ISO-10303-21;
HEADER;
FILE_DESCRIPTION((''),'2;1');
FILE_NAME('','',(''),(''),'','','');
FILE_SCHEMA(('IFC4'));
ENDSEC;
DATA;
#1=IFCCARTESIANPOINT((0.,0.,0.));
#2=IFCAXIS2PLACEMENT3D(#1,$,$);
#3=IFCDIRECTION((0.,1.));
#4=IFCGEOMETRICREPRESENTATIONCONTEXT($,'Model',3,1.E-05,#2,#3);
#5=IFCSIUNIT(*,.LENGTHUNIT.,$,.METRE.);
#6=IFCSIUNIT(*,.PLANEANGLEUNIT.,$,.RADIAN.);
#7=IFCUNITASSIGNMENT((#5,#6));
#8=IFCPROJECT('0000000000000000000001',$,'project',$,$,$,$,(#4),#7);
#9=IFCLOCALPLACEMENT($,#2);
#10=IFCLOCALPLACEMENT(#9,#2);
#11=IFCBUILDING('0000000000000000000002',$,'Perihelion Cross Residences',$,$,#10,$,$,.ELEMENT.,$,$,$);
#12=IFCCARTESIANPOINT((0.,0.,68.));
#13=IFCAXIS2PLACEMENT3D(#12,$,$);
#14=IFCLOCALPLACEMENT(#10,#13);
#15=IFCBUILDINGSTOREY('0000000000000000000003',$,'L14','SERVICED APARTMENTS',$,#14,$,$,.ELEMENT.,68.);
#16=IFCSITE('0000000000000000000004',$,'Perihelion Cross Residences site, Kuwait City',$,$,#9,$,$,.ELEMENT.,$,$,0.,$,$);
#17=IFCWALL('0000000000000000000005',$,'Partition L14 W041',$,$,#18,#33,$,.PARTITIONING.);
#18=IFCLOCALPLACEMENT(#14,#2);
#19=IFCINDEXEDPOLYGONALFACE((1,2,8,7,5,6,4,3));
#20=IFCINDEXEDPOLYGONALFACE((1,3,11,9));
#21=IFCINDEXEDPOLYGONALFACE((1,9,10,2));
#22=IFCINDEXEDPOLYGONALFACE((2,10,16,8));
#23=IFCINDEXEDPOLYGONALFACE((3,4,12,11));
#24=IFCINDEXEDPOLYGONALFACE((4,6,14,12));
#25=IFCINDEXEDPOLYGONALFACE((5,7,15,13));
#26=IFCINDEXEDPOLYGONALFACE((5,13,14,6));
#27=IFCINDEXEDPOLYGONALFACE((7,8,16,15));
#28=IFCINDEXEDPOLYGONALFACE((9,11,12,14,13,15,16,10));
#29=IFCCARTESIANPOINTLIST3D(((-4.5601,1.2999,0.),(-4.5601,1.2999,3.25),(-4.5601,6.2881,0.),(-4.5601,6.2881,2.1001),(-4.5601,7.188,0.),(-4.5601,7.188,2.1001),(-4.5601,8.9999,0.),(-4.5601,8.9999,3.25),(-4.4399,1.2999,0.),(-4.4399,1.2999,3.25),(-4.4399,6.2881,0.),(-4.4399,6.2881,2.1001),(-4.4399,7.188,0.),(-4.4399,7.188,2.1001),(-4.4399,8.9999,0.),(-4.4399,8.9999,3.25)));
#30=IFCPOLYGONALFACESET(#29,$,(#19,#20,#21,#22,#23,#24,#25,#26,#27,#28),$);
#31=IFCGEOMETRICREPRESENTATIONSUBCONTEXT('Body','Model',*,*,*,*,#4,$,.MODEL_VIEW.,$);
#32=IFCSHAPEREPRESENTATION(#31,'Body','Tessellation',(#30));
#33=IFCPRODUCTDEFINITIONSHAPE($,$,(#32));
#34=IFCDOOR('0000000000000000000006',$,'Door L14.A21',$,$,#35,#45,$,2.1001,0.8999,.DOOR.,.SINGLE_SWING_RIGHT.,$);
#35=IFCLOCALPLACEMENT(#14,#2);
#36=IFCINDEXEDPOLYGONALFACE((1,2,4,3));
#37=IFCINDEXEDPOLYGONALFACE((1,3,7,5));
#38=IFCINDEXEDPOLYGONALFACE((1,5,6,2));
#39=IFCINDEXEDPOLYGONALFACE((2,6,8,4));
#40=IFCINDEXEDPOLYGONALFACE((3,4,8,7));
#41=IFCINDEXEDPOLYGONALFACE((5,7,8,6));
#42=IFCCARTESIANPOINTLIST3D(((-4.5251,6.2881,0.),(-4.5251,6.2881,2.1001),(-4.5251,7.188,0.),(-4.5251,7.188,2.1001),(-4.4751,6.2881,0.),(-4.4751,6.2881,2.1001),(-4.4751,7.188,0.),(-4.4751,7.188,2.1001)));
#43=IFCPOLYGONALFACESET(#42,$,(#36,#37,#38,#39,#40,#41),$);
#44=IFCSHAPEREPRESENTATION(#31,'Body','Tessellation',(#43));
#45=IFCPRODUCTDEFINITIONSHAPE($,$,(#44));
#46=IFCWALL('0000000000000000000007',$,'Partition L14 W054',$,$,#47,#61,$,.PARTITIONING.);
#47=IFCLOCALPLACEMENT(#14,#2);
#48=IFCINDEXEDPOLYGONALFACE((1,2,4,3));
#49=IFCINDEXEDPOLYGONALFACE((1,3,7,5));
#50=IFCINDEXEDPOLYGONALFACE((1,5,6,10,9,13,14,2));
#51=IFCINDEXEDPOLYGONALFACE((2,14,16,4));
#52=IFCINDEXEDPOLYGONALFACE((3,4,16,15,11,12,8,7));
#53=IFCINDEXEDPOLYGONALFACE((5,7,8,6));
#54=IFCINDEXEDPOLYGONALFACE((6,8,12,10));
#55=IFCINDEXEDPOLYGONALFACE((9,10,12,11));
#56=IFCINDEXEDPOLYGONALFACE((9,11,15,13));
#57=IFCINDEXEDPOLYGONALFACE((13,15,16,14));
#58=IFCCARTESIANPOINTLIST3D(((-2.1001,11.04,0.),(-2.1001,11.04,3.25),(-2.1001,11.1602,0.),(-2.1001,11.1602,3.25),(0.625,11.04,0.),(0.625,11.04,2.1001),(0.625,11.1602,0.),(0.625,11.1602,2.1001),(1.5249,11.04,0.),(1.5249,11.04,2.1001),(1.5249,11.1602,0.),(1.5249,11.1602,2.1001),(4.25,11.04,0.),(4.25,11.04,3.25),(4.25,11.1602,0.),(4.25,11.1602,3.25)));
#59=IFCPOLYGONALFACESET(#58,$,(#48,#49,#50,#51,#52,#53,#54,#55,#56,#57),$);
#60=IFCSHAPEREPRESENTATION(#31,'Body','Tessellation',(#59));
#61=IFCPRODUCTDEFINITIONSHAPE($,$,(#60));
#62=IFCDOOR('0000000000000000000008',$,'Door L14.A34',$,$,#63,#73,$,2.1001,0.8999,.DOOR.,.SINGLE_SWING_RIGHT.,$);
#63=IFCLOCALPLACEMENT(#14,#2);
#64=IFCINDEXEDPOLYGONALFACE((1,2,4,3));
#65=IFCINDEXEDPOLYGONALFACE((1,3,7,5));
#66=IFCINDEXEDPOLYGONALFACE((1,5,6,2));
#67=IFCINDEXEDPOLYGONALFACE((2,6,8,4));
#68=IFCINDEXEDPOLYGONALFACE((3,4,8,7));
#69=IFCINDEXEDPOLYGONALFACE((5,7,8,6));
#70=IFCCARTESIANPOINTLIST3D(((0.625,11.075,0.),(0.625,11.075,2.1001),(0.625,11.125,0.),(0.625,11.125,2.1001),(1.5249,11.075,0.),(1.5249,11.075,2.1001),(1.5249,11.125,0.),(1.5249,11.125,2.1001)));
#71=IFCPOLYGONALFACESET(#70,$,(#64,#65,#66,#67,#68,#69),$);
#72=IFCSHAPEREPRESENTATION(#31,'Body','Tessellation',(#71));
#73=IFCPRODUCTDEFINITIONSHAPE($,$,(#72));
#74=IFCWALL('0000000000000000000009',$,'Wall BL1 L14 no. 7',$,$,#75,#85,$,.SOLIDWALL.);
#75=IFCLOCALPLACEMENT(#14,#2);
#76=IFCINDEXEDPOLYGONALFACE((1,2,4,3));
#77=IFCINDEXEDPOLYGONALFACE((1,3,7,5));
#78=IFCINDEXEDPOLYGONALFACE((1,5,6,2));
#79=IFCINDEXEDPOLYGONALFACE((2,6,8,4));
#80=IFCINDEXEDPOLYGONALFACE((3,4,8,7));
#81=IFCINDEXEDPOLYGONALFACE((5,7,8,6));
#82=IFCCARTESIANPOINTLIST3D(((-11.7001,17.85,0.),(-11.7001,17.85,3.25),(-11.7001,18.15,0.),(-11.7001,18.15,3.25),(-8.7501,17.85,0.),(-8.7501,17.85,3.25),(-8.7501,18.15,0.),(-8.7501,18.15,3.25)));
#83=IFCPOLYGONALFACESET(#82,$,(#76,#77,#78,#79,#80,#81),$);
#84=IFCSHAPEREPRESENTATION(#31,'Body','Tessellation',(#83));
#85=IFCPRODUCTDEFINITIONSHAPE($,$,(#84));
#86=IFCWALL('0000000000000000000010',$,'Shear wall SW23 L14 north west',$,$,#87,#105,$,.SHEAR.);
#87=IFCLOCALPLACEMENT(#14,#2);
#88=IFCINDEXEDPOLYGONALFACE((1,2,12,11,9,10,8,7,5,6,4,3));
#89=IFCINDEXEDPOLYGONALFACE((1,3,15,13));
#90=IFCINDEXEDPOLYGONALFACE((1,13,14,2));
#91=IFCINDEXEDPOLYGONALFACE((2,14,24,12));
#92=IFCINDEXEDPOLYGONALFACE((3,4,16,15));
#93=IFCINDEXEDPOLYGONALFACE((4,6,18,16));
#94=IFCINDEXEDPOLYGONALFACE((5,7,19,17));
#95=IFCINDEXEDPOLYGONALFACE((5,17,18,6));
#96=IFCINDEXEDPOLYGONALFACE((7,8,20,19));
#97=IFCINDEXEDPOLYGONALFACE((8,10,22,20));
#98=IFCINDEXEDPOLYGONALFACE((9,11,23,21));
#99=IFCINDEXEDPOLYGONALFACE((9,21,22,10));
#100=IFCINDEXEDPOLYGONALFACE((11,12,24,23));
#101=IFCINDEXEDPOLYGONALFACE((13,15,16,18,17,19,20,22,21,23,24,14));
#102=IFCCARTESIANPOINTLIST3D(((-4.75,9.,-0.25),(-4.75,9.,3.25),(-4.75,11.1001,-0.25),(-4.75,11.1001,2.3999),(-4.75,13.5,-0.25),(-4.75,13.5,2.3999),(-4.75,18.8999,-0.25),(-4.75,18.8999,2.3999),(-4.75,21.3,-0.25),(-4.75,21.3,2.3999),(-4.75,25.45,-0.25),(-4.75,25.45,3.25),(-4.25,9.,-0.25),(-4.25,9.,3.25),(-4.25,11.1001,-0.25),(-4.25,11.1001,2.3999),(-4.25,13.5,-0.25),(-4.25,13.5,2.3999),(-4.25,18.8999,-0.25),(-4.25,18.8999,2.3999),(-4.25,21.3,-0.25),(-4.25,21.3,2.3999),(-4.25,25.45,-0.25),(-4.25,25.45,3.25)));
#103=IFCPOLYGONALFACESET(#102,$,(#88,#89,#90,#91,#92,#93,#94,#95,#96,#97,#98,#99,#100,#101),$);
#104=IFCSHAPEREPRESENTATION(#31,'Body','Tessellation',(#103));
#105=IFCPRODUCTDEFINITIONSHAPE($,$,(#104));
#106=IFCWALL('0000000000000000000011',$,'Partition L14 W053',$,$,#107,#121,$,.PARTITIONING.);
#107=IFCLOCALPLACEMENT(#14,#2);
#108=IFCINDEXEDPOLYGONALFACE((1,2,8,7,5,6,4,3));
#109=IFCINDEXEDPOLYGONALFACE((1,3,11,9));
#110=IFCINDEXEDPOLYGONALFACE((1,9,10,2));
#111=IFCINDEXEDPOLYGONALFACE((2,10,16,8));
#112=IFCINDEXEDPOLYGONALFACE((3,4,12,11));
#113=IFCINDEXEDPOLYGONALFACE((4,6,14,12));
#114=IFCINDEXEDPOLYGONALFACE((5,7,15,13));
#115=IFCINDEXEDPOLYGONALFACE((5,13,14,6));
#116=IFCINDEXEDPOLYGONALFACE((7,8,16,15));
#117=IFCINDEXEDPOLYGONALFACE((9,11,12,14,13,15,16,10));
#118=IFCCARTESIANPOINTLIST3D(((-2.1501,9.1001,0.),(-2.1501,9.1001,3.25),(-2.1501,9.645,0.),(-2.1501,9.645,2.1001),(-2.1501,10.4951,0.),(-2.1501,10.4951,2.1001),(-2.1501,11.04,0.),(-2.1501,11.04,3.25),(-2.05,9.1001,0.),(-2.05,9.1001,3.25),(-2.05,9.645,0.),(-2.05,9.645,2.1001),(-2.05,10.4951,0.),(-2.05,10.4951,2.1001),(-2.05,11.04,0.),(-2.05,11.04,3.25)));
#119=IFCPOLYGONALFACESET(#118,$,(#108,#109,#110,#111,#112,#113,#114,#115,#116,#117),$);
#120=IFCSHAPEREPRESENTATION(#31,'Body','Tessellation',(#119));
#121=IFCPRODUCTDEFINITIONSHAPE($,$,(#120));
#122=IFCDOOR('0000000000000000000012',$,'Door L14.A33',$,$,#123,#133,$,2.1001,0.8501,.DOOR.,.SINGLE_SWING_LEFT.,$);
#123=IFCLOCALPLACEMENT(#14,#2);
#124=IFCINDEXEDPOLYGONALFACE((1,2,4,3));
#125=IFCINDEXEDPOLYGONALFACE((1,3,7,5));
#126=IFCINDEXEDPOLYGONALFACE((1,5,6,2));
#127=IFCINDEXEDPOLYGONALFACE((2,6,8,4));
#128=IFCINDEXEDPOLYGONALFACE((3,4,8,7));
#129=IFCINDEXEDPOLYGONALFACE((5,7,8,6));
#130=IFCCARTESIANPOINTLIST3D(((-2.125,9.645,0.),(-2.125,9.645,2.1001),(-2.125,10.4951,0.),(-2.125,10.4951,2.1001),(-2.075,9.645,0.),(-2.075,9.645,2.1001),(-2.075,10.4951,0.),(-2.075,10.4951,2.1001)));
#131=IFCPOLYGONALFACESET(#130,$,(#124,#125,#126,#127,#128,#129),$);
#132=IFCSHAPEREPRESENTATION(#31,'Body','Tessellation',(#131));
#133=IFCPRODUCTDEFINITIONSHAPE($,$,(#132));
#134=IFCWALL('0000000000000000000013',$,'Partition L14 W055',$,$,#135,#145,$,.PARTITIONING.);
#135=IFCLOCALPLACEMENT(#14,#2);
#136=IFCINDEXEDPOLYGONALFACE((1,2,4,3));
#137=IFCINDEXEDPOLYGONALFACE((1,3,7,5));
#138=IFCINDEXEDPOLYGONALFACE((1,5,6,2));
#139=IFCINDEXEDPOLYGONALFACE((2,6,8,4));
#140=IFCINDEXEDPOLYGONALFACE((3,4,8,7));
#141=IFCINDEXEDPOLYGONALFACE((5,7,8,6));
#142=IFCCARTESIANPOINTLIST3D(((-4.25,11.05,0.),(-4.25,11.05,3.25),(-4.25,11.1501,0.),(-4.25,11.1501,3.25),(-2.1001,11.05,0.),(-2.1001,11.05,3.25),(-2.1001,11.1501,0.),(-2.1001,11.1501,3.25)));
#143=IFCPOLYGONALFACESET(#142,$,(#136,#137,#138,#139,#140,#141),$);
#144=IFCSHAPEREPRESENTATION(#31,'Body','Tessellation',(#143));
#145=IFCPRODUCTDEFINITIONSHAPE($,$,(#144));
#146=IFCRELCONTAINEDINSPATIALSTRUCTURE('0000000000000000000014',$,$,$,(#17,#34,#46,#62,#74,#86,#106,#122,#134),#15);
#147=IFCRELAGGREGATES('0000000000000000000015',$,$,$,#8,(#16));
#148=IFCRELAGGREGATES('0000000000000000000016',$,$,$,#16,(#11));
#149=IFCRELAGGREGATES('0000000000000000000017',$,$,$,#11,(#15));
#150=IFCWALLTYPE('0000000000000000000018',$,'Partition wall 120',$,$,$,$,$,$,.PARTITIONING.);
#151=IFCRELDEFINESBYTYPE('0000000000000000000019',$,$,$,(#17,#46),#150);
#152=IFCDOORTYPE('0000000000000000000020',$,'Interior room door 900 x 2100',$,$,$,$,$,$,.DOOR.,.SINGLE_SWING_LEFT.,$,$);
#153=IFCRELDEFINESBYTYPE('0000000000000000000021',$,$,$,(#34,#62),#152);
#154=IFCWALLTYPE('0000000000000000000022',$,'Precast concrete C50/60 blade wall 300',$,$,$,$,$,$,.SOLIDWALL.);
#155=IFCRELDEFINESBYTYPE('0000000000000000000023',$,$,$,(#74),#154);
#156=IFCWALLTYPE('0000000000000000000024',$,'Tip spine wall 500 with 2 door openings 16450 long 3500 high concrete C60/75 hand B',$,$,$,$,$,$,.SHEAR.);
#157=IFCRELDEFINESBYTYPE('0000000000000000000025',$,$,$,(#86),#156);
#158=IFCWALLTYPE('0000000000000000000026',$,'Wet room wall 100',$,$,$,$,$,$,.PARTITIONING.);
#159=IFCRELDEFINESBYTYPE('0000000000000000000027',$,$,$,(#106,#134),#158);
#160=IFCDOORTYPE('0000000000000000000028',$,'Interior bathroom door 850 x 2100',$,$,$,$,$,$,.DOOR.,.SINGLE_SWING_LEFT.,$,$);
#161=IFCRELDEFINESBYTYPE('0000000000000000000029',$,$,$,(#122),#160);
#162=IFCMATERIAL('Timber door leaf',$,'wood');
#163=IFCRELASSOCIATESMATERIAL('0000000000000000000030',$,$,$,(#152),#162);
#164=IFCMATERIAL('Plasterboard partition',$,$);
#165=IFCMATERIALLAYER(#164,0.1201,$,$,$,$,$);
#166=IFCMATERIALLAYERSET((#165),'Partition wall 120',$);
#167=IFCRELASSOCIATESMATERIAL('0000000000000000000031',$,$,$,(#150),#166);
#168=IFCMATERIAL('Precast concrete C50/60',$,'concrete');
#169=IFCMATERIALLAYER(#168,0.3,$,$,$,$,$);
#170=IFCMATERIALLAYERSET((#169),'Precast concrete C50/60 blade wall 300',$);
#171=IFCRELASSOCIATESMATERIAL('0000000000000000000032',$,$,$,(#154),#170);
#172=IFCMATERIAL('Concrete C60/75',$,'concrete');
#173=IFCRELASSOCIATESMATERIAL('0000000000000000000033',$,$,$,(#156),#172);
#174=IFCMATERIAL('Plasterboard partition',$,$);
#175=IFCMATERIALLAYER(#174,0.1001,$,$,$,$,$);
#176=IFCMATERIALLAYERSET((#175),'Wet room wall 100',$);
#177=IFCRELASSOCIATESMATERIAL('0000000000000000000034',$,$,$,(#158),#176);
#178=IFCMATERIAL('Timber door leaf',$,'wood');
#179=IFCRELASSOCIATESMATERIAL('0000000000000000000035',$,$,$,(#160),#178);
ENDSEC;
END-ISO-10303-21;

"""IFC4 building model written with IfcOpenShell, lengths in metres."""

from ifc_helpers import new_model, si_unit, direction, frame, frame_2d, origin, place, context, subcontext, project, spatial, polyline, rectangle, outline, extrude, material, layer, layer_set, material_profile, profile_set, type_object, element, fill, save


model = new_model("IFC4")

# Units and contexts
model_context = context("Model", 3, precision=1e-05, world=origin(), true_north=direction((0.0, 1.0)))
body_context = subcontext(model_context, "Body", "Model", "MODEL_VIEW")
ifc_project = project(units=[si_unit("LENGTHUNIT", "METRE"), si_unit("PLANEANGLEUNIT", "RADIAN")], contexts=[model_context])

# Site, building, storey
site_placement = place(None, origin())
site = spatial("IfcSite", under=ifc_project, at=site_placement, Name="Perihelion Cross Residences site, Kuwait City", CompositionType="ELEMENT", RefElevation=0.0)
building_placement = place(site_placement, origin())
building = spatial("IfcBuilding", under=site, at=building_placement, Name="Perihelion Cross Residences", CompositionType="ELEMENT")
storey_placement = place(building_placement, frame((0.0, 0.0, 68.0)))
storey = spatial("IfcBuildingStorey", under=building, at=storey_placement, Name="L14", Description="SERVICED APARTMENTS", CompositionType="ELEMENT", Elevation=68.0)

# Walls, openings, doors
ifc_material_1 = material(Name="Timber door leaf", Category="wood")
door_type_1 = type_object("IfcDoorType", Name="Interior room door 900 x 2100", OperationType="SINGLE_SWING_LEFT", PredefinedType="DOOR", material=ifc_material_1)
ifc_material_2 = material(Name="Plasterboard partition")
ifc_layer_1 = layer(ifc_material_2, 0.1201)
ifc_layer_set_1 = layer_set([ifc_layer_1], Name="Partition wall 120")
wall_type_1 = type_object("IfcWallType", Name="Partition wall 120", PredefinedType="PARTITIONING", material=ifc_layer_set_1)
wall_1_placement = place(storey_placement, frame((-4.5, 9.0, 0.0), z_axis=(0.0, 0.0, 1.0), x_axis=(0.0, -1.0, 0.0)))
wall_1 = element("IfcWall", 1, at=wall_1_placement, inside=storey, type_object=wall_type_1, Name="Partition L14 W041", PredefinedType="PARTITIONING", context=body_context, shape_type="SweptSolid", body=[
    extrude(rectangle(XDim=7.7, YDim=0.1201, at=frame_2d((3.8501, 0.0))), origin(), (0.0, 0.0, 1.0), 3.25),
])
opening_1_placement = place(wall_1_placement, frame((1.812, 0.0, 0.0)))
opening_1 = element("IfcOpeningElement", 2, at=opening_1_placement, cuts=wall_1, PredefinedType="OPENING", context=body_context, shape_type="SweptSolid", body=[
    extrude(rectangle(XDim=0.8999, YDim=2.1001, at=frame_2d((0.45, 1.05))), frame((0.0, 0.0701, 0.0), z_axis=(0.0, -1.0, 0.0), x_axis=(1.0, 0.0, 0.0)), (0.0, 0.0, 1.0), 0.1401),
])
door_1_placement = place(opening_1_placement, origin())
door_1 = element("IfcDoor", 3, at=door_1_placement, inside=storey, type_object=door_type_1, Name="Door L14.A21", OperationType="SINGLE_SWING_RIGHT", OverallHeight=2.1001, OverallWidth=0.8999, PredefinedType="DOOR", context=body_context, shape_type="SweptSolid", body=[
    extrude(rectangle(XDim=0.8999, YDim=2.1001, at=frame_2d((0.45, 1.05))), frame((0.0, 0.0249, 0.0), z_axis=(0.0, -1.0, 0.0), x_axis=(1.0, 0.0, 0.0)), (0.0, 0.0, 1.0), 0.05),
])
fill(opening_1, door_1)
wall_2_placement = place(storey_placement, frame((-2.1001, 11.1001, 0.0), z_axis=(0.0, 0.0, 1.0), x_axis=(1.0, 0.0, 0.0)))
wall_2 = element("IfcWall", 4, at=wall_2_placement, inside=storey, type_object=wall_type_1, Name="Partition L14 W054", PredefinedType="PARTITIONING", context=body_context, shape_type="SweptSolid", body=[
    extrude(rectangle(XDim=6.3501, YDim=0.1201, at=frame_2d((3.175, 0.0))), origin(), (0.0, 0.0, 1.0), 3.25),
])
opening_2_placement = place(wall_2_placement, frame((2.7251, 0.0, 0.0)))
opening_2 = element("IfcOpeningElement", 5, at=opening_2_placement, cuts=wall_2, PredefinedType="OPENING", context=body_context, shape_type="SweptSolid", body=[
    extrude(rectangle(XDim=0.8999, YDim=2.1001, at=frame_2d((0.45, 1.05))), frame((0.0, 0.0701, 0.0), z_axis=(0.0, -1.0, 0.0), x_axis=(1.0, 0.0, 0.0)), (0.0, 0.0, 1.0), 0.1401),
])
door_2_placement = place(opening_2_placement, origin())
door_2 = element("IfcDoor", 6, at=door_2_placement, inside=storey, type_object=door_type_1, Name="Door L14.A34", OperationType="SINGLE_SWING_RIGHT", OverallHeight=2.1001, OverallWidth=0.8999, PredefinedType="DOOR", context=body_context, shape_type="SweptSolid", body=[
    extrude(rectangle(XDim=0.8999, YDim=2.1001, at=frame_2d((0.45, 1.05))), frame((0.0, 0.0249, 0.0), z_axis=(0.0, -1.0, 0.0), x_axis=(1.0, 0.0, 0.0)), (0.0, 0.0, 1.0), 0.05),
])
fill(opening_2, door_2)

# Walls
ifc_material_3 = material(Name="Precast concrete C50/60", Category="concrete")
ifc_layer_2 = layer(ifc_material_3, 0.3)
ifc_layer_set_2 = layer_set([ifc_layer_2], Name="Precast concrete C50/60 blade wall 300")
wall_type_2 = type_object("IfcWallType", Name="Precast concrete C50/60 blade wall 300", PredefinedType="SOLIDWALL", material=ifc_layer_set_2)
wall_3_placement = place(storey_placement, frame((-8.75, 18.0, 0.0), z_axis=(0.0, 0.0, 1.0), x_axis=(-1.0, 0.0, 0.0)))
element("IfcWall", 7, at=wall_3_placement, inside=storey, type_object=wall_type_2, Name="Wall BL1 L14 no. 7", PredefinedType="SOLIDWALL", context=body_context, shape_type="SweptSolid", body=[
    extrude(rectangle(XDim=2.95, YDim=0.3, at=frame_2d((1.4751, 0.0))), origin(), (0.0, 0.0, 1.0), 3.25),
])
ifc_material_4 = material(Name="Concrete C60/75", Category="concrete")
ifc_material_profile_1 = material_profile(ifc_material_4, outline(polyline([(0.0, 0.0), (2.1001, 0.0), (2.1001, 2.6499), (4.5, 2.6499), (4.5, 0.0), (9.8999, 0.0), (9.8999, 2.6499), (12.3, 2.6499), (12.3, 0.0), (16.45, 0.0), (16.45, 3.5), (0.0, 3.5), (0.0, 0.0)])), Name="Tip spine wall")
ifc_profile_set_1 = profile_set([ifc_material_profile_1], Name="Concrete C60/75")
wall_type_3 = type_object("IfcWallType", Name="Tip spine wall 500 with 2 door openings 16450 long 3500 high concrete C60/75 hand B", PredefinedType="SHEAR", material=ifc_profile_set_1)
wall_4_placement = place(storey_placement, frame((-4.75, 9.0, -0.25), z_axis=(1.0, 0.0, 0.0), x_axis=(0.0, 1.0, 0.0)))
element("IfcWall", 8, at=wall_4_placement, inside=storey, type_object=wall_type_3, Name="Shear wall SW23 L14 north west", PredefinedType="SHEAR", context=body_context, shape_type="SweptSolid", body=[
    extrude(outline(polyline([(0.0, 0.0), (2.1001, 0.0), (2.1001, 2.6499), (4.5, 2.6499), (4.5, 0.0), (9.8999, 0.0), (9.8999, 2.6499), (12.3, 2.6499), (12.3, 0.0), (16.45, 0.0), (16.45, 3.5), (0.0, 3.5), (0.0, 0.0)])), origin(), (0.0, 0.0, 1.0), 0.5),
])

# Wall, opening, door
ifc_material_5 = material(Name="Plasterboard partition")
ifc_layer_3 = layer(ifc_material_5, 0.1001)
ifc_layer_set_3 = layer_set([ifc_layer_3], Name="Wet room wall 100")
wall_type_4 = type_object("IfcWallType", Name="Wet room wall 100", PredefinedType="PARTITIONING", material=ifc_layer_set_3)
wall_5_placement = place(storey_placement, frame((-2.1001, 9.1001, 0.0), z_axis=(0.0, 0.0, 1.0), x_axis=(0.0, 1.0, 0.0)))
wall_5 = element("IfcWall", 9, at=wall_5_placement, inside=storey, type_object=wall_type_4, Name="Partition L14 W053", PredefinedType="PARTITIONING", context=body_context, shape_type="SweptSolid", body=[
    extrude(rectangle(XDim=1.9399, YDim=0.1001, at=frame_2d((0.97, 0.0))), origin(), (0.0, 0.0, 1.0), 3.25),
])
opening_3_placement = place(wall_5_placement, frame((0.5449, 0.0, 0.0)))
opening_3 = element("IfcOpeningElement", 10, at=opening_3_placement, cuts=wall_5, PredefinedType="OPENING", context=body_context, shape_type="SweptSolid", body=[
    extrude(rectangle(XDim=0.8501, YDim=2.1001, at=frame_2d((0.425, 1.05))), frame((0.0, 0.0601, 0.0), z_axis=(0.0, -1.0, 0.0), x_axis=(1.0, 0.0, 0.0)), (0.0, 0.0, 1.0), 0.1201),
])
ifc_material_6 = material(Name="Timber door leaf", Category="wood")
door_type_2 = type_object("IfcDoorType", Name="Interior bathroom door 850 x 2100", OperationType="SINGLE_SWING_LEFT", PredefinedType="DOOR", material=ifc_material_6)
door_3_placement = place(opening_3_placement, origin())
door_3 = element("IfcDoor", 11, at=door_3_placement, inside=storey, type_object=door_type_2, Name="Door L14.A33", OperationType="SINGLE_SWING_LEFT", OverallHeight=2.1001, OverallWidth=0.8501, PredefinedType="DOOR", context=body_context, shape_type="SweptSolid", body=[
    extrude(rectangle(XDim=0.8501, YDim=2.1001, at=frame_2d((0.425, 1.05))), frame((0.0, 0.0249, 0.0), z_axis=(0.0, -1.0, 0.0), x_axis=(1.0, 0.0, 0.0)), (0.0, 0.0, 1.0), 0.05),
])
fill(opening_3, door_3)

# Wall
wall_6_placement = place(storey_placement, frame((-4.25, 11.1001, 0.0), z_axis=(0.0, 0.0, 1.0), x_axis=(1.0, 0.0, 0.0)))
element("IfcWall", 12, at=wall_6_placement, inside=storey, type_object=wall_type_4, Name="Partition L14 W055", PredefinedType="PARTITIONING", context=body_context, shape_type="SweptSolid", body=[
    extrude(rectangle(XDim=2.1499, YDim=0.1001, at=frame_2d((1.075, 0.0))), origin(), (0.0, 0.0, 1.0), 3.25),
])

save(model, "model.ifc")
